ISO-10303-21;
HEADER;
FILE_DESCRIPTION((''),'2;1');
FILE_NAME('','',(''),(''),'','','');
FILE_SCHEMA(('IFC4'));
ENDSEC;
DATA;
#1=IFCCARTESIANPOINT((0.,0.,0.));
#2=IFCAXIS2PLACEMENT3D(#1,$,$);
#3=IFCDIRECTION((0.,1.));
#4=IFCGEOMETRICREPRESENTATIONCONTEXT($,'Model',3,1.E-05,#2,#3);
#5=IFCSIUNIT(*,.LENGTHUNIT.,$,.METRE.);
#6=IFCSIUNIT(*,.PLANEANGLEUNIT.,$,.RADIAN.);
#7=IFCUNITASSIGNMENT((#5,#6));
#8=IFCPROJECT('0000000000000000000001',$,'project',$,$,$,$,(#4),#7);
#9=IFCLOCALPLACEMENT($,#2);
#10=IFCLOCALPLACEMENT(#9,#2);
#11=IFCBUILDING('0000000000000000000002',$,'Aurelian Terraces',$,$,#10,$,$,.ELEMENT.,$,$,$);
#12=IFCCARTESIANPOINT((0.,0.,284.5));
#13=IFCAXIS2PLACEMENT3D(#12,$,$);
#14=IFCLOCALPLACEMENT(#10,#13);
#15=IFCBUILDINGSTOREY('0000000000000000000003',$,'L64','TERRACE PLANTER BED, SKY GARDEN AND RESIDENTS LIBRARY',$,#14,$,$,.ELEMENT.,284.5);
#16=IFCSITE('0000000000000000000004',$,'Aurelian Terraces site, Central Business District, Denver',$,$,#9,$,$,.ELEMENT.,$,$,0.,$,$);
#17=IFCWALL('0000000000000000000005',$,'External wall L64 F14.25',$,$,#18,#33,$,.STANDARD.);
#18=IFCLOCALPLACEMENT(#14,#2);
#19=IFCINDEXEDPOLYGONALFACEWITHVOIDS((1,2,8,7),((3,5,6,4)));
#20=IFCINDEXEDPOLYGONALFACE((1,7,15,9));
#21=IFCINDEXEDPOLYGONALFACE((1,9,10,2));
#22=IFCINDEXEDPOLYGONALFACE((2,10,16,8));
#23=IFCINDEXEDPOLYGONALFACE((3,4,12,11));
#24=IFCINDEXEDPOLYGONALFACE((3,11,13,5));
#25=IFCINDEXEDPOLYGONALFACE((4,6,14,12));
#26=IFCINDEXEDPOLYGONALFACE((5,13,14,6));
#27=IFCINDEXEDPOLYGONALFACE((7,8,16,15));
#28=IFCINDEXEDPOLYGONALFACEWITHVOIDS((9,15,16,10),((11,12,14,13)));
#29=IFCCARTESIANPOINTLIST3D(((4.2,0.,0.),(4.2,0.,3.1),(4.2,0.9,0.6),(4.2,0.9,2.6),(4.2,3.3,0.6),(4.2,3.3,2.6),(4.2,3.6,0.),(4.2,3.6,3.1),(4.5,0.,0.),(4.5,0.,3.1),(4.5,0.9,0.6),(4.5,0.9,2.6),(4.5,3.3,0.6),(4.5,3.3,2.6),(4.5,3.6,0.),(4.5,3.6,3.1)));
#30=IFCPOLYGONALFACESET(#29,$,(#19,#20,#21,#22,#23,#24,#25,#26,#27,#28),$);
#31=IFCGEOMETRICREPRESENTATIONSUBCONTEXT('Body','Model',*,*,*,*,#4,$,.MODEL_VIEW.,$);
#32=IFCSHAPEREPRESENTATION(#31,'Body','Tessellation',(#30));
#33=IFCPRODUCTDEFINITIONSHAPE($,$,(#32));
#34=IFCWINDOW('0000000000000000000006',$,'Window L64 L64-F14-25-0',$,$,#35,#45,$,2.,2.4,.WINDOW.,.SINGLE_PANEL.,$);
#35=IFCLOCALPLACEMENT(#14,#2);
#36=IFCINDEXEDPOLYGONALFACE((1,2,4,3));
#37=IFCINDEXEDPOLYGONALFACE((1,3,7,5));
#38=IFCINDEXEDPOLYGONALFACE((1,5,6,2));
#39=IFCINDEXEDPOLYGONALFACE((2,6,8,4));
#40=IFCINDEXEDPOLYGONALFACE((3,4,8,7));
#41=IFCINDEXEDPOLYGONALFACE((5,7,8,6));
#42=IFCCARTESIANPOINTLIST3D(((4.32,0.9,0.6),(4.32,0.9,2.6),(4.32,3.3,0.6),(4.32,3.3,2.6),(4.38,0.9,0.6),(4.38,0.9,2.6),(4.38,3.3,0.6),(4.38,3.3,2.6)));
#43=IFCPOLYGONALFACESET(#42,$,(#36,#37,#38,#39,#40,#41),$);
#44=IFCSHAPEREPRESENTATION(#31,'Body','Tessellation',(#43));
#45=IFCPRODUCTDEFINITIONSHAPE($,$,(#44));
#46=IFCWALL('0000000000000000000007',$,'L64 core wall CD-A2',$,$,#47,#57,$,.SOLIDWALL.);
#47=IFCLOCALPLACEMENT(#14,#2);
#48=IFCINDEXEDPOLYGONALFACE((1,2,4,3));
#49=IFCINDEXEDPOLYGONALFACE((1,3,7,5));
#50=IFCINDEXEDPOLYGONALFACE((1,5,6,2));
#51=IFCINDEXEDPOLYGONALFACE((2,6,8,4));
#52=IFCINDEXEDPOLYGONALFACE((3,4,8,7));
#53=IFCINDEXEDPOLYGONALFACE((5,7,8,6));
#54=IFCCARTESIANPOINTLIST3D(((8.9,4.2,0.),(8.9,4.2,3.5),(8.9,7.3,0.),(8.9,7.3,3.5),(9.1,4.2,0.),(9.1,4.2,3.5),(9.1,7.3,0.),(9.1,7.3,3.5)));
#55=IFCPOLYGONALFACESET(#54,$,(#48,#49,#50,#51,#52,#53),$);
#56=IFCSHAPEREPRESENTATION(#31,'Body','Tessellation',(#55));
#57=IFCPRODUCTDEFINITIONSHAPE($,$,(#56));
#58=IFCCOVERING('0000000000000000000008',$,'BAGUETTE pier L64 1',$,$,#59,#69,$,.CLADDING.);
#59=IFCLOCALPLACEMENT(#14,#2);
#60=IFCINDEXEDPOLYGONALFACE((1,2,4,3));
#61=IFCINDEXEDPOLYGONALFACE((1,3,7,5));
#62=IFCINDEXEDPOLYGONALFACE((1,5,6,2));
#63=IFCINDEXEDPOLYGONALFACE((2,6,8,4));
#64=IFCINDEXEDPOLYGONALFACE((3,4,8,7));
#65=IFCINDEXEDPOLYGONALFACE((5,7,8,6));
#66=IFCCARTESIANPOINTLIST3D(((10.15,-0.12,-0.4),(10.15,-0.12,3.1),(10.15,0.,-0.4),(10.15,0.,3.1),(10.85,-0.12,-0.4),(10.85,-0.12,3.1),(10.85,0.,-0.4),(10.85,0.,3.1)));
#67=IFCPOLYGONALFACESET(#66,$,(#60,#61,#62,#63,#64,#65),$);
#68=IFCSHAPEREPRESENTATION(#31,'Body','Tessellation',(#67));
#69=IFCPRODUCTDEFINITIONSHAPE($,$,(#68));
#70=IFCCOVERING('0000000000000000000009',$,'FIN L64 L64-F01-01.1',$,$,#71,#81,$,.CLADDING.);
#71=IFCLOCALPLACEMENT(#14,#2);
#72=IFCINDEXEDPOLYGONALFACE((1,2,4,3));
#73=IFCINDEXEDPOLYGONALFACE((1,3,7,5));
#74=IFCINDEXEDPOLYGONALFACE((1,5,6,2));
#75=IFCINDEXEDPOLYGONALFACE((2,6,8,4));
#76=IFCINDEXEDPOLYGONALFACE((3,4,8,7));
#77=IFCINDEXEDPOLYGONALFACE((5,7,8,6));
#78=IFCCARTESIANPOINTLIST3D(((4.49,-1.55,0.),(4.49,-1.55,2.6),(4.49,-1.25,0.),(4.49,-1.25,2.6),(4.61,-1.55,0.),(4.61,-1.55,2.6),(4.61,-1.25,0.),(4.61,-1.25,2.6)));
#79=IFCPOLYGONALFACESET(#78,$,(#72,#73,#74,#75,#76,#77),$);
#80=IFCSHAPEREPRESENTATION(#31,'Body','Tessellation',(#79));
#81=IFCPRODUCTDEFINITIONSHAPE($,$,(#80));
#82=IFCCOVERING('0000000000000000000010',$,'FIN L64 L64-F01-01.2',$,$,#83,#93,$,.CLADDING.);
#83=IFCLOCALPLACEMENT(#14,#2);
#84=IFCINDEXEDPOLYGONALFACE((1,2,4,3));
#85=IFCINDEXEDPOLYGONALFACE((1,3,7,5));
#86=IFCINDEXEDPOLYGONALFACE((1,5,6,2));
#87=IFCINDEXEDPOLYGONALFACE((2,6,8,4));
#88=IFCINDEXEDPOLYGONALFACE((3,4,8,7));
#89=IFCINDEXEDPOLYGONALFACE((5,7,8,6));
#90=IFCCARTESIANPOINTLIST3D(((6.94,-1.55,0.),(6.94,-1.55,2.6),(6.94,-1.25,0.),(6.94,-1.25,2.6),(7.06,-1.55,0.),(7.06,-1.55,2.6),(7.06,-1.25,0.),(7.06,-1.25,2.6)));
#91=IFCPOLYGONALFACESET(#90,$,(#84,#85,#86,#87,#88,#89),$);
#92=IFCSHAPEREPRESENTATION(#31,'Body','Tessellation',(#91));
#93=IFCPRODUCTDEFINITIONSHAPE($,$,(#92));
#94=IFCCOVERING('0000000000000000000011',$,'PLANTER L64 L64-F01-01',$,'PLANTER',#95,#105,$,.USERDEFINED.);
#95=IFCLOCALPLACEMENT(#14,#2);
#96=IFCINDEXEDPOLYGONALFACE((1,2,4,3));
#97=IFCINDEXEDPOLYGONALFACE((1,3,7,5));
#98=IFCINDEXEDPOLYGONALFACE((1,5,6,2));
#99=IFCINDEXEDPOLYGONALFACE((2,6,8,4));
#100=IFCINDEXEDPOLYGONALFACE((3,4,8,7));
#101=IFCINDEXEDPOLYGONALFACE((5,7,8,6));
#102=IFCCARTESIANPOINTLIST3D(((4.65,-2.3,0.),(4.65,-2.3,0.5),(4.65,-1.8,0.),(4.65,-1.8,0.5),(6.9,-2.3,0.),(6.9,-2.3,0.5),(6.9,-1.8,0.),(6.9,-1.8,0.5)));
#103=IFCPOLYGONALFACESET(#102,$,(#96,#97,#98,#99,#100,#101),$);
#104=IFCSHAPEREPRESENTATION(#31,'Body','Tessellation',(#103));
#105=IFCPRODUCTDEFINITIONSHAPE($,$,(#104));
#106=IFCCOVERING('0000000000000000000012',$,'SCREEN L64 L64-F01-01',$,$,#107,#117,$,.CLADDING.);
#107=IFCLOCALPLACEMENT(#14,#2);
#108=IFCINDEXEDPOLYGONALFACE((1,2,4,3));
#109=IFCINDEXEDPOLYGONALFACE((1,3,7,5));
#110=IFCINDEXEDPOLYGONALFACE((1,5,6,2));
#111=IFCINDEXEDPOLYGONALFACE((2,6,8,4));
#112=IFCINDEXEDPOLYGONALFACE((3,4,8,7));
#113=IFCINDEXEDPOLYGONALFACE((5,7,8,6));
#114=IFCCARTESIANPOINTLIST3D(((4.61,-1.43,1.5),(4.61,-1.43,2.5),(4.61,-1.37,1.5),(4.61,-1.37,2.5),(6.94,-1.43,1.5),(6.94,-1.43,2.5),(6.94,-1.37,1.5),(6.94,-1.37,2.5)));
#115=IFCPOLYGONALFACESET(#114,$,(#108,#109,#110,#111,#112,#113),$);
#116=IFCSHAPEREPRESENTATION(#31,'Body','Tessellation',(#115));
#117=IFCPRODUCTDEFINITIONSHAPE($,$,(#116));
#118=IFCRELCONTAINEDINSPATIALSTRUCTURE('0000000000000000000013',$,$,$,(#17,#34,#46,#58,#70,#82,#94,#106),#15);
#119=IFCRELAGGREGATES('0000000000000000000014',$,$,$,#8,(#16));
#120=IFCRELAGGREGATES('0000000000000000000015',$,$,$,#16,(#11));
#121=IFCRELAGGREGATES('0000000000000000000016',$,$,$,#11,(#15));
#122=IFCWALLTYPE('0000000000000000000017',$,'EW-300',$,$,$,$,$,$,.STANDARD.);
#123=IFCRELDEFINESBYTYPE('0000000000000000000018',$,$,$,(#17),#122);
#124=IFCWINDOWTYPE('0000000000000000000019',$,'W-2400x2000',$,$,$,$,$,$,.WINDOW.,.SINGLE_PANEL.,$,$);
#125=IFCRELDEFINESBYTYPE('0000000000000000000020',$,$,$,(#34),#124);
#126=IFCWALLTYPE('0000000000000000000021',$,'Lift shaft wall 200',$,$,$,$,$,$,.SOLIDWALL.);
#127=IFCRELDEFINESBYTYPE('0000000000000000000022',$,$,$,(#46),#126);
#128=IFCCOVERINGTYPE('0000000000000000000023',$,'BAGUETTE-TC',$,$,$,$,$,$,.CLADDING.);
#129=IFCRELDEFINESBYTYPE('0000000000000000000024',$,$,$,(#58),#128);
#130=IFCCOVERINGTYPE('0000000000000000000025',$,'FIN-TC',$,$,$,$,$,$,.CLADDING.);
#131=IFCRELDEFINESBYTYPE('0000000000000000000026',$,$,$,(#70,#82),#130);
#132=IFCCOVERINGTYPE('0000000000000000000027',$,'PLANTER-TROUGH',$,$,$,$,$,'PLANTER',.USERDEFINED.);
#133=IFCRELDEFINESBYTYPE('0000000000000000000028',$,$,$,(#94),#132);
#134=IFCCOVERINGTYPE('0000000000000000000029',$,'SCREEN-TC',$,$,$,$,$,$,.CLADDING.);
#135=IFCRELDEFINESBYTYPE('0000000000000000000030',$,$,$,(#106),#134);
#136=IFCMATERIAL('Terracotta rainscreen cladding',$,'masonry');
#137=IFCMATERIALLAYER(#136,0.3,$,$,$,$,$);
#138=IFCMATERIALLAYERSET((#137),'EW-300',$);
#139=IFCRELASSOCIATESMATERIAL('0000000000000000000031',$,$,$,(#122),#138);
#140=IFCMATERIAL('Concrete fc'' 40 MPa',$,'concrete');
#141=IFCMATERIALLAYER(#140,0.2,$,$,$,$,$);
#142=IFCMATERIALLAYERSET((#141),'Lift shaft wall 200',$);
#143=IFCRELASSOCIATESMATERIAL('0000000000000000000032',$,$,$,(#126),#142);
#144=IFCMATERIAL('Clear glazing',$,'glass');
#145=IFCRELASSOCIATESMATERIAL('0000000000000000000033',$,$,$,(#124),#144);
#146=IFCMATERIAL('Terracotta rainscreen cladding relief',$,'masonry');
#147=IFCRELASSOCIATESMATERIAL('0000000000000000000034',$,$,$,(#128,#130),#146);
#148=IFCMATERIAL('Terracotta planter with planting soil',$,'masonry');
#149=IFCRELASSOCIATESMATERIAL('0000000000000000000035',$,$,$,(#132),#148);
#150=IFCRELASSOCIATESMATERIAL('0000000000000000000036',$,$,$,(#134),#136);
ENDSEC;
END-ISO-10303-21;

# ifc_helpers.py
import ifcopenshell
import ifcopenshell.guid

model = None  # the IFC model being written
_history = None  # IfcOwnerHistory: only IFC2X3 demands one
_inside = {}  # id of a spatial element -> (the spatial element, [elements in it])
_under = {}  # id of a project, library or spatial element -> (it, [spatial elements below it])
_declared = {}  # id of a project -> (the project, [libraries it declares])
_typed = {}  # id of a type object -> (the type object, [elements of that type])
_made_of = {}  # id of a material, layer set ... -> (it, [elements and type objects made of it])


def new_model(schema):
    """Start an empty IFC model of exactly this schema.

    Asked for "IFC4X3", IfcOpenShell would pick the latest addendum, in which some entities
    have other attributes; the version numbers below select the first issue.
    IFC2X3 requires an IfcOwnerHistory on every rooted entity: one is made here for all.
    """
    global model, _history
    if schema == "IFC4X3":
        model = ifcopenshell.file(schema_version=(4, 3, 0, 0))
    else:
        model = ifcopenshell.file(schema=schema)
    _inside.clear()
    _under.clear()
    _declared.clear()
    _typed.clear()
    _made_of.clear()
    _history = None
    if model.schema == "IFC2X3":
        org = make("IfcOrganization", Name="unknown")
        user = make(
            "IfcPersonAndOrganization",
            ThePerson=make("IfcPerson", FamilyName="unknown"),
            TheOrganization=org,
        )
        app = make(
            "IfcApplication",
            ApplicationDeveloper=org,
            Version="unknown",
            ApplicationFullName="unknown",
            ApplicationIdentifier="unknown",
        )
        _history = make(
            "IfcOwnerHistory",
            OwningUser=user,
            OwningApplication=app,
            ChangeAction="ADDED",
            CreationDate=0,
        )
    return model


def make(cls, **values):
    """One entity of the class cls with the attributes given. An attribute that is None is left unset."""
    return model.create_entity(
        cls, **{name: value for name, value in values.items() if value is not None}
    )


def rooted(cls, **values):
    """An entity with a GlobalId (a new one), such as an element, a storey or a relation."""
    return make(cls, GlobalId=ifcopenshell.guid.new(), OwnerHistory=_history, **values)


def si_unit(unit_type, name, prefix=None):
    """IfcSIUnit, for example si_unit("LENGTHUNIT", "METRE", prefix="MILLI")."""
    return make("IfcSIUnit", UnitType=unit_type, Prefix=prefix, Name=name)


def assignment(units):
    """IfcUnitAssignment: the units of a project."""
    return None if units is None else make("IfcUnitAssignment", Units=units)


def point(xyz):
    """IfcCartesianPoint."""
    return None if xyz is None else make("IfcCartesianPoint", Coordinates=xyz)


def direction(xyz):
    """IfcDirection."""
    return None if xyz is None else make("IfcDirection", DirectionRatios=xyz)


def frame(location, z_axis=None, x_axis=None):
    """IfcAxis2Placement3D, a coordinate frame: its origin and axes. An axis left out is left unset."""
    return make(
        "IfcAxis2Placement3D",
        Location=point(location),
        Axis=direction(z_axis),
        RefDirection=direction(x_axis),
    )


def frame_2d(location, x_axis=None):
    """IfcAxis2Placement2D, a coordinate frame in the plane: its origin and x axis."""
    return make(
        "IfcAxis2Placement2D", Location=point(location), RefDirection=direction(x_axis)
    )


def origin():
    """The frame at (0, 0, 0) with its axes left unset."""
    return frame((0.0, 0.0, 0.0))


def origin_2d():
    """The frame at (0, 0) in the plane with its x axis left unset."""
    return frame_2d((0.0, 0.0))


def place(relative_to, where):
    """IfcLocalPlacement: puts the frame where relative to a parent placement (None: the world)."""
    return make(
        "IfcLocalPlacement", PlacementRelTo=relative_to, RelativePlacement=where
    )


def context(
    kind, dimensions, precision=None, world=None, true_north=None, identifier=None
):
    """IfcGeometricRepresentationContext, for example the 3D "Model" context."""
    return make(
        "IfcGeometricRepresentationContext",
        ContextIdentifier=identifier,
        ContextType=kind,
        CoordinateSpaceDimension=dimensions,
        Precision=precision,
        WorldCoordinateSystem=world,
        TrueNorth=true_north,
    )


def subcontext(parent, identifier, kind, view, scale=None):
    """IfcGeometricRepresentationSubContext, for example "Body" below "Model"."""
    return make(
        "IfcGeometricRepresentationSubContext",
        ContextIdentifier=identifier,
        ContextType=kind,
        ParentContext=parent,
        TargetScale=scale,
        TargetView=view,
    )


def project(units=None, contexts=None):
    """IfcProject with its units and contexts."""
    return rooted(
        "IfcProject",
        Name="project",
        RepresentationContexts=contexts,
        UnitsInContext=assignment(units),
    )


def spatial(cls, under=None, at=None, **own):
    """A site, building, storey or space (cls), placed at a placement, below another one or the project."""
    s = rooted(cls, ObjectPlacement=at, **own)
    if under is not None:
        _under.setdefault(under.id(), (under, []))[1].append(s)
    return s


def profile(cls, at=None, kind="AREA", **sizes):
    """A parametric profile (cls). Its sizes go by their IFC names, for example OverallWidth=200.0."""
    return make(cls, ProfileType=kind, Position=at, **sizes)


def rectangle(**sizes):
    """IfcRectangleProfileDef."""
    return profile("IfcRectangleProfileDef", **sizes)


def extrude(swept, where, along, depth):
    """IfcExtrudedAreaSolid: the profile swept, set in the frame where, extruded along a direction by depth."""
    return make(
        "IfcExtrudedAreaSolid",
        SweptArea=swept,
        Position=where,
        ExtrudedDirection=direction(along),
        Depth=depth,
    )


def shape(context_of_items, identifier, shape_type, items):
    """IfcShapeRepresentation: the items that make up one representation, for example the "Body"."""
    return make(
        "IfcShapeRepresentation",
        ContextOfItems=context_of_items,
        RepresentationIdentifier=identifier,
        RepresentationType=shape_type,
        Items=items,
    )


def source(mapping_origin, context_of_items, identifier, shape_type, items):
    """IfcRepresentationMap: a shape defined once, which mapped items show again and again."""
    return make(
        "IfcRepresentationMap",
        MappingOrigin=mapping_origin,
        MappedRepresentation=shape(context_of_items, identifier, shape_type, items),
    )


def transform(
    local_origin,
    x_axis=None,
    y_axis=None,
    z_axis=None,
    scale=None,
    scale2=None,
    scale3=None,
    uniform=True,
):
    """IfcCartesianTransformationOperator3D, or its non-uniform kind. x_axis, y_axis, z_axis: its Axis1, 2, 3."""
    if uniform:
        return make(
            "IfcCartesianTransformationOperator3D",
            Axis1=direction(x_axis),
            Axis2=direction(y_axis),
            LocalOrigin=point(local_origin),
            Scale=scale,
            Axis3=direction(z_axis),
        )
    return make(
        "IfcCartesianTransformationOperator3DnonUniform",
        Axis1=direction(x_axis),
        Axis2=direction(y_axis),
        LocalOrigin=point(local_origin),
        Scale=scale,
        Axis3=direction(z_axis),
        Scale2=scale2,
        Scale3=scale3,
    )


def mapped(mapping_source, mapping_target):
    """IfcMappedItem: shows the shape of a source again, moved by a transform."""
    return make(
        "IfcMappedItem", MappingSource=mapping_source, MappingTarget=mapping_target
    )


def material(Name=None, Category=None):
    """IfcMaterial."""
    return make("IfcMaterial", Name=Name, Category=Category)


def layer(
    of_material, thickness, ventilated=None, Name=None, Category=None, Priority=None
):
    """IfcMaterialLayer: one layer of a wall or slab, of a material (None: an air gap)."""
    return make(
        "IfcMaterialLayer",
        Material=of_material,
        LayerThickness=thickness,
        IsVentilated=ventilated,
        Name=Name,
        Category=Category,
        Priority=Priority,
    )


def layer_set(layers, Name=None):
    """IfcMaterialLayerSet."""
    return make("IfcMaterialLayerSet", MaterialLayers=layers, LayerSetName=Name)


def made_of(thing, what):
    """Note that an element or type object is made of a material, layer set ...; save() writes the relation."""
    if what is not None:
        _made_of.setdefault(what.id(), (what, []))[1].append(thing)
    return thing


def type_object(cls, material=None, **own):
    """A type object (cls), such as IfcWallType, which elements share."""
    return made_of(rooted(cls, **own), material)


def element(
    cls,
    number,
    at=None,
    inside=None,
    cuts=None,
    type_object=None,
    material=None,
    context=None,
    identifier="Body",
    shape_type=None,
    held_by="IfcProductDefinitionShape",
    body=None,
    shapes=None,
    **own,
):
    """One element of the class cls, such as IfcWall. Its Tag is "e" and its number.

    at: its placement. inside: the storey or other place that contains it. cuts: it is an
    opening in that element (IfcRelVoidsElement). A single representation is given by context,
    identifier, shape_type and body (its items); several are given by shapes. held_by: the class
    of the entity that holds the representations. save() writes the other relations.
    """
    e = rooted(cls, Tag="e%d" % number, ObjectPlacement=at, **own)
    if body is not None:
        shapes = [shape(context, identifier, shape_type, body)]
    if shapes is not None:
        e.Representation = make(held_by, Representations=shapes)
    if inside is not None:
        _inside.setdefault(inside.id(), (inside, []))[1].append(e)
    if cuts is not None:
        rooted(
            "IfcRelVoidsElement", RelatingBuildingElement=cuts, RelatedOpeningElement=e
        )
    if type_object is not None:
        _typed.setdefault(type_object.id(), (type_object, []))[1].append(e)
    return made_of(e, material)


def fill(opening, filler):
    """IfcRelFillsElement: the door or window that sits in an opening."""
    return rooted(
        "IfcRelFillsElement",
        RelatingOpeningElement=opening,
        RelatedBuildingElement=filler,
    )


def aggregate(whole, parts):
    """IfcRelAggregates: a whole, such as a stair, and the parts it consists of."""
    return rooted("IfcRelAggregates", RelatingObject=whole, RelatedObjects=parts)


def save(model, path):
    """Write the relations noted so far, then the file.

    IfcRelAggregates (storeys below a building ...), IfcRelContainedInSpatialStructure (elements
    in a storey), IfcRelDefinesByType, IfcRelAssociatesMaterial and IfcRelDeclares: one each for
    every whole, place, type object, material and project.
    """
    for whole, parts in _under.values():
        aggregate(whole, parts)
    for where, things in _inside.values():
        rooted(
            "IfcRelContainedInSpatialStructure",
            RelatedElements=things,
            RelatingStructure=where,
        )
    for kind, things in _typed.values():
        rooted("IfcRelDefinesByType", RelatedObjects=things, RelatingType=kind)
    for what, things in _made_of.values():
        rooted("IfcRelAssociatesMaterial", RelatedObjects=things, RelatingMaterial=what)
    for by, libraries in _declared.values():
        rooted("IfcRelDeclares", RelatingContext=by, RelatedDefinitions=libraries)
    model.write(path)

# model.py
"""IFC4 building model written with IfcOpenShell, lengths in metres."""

from ifc_helpers import new_model, si_unit, direction, frame, frame_2d, origin, origin_2d, place, context, subcontext, project, spatial, rectangle, extrude, source, transform, mapped, material, layer, layer_set, type_object, element, fill, save


model = new_model("IFC4")

# Units and contexts
model_context = context("Model", 3, precision=1e-05, world=origin(), true_north=direction((0.0, 1.0)))
body_context = subcontext(model_context, "Body", "Model", "MODEL_VIEW")
ifc_project = project(units=[si_unit("LENGTHUNIT", "METRE"), si_unit("PLANEANGLEUNIT", "RADIAN")], contexts=[model_context])

# Site, building, storey
site_placement = place(None, origin())
site = spatial("IfcSite", under=ifc_project, at=site_placement, Name="Aurelian Terraces site, Central Business District, Denver", CompositionType="ELEMENT", RefElevation=0.0)
building_placement = place(site_placement, origin())
building = spatial("IfcBuilding", under=site, at=building_placement, Name="Aurelian Terraces", CompositionType="ELEMENT")
storey_placement = place(building_placement, frame((0.0, 0.0, 284.5)))
storey = spatial("IfcBuildingStorey", under=building, at=storey_placement, Name="L64", Description="TERRACE PLANTER BED, SKY GARDEN AND RESIDENTS LIBRARY", CompositionType="ELEMENT", Elevation=284.5)

# Shared definitions
ifc_material_1 = material(Name="Concrete fc' 40 MPa", Category="concrete")
ifc_material_2 = material(Name="Clear glazing", Category="glass")
ifc_material_3 = material(Name="Terracotta rainscreen cladding", Category="masonry")
ifc_layer_1 = layer(ifc_material_3, 0.3)
ifc_layer_set_1 = layer_set([ifc_layer_1], Name="EW-300")
wall_type_1 = type_object("IfcWallType", Name="EW-300", PredefinedType="STANDARD", material=ifc_layer_set_1)

# Shared definitions
ifc_layer_2 = layer(ifc_material_1, 0.2)
ifc_layer_set_2 = layer_set([ifc_layer_2], Name="Lift shaft wall 200")
wall_type_2 = type_object("IfcWallType", Name="Lift shaft wall 200", PredefinedType="SOLIDWALL", material=ifc_layer_set_2)

# Wall, opening, window
shared_shape_1 = source(origin(), body_context, "Body", "SweptSolid", [
    extrude(rectangle(XDim=3.6, YDim=0.3, at=frame_2d((1.8, 0.0))), origin(), (0.0, 0.0, 1.0), 3.1),
])
wall_1_placement = place(storey_placement, frame((4.35, 3.6, 0.0), z_axis=(0.0, 0.0, 1.0), x_axis=(0.0, -1.0, 0.0)))
wall_1 = element("IfcWall", 1, at=wall_1_placement, inside=storey, type_object=wall_type_1, Name="External wall L64 F14.25", PredefinedType="STANDARD", context=body_context, shape_type="MappedRepresentation", body=[
    mapped(shared_shape_1, transform((0.0, 0.0, 0.0), scale=1.0)),
])
shared_shape_2 = source(origin(), body_context, "Body", "SweptSolid", [
    extrude(rectangle(XDim=2.4, YDim=2.0, at=frame_2d((1.2, 1.0))), frame((0.0, 0.16, 0.0), z_axis=(0.0, -1.0, 0.0), x_axis=(1.0, 0.0, 0.0)), (0.0, 0.0, 1.0), 0.32),
])
opening_1_placement = place(wall_1_placement, frame((0.3, 0.0, 0.6)))
opening_1 = element("IfcOpeningElement", 2, at=opening_1_placement, cuts=wall_1, PredefinedType="OPENING", context=body_context, shape_type="MappedRepresentation", body=[
    mapped(shared_shape_2, transform((0.0, 0.0, 0.0), scale=1.0)),
])
window_type_1 = type_object("IfcWindowType", Name="W-2400x2000", PartitioningType="SINGLE_PANEL", PredefinedType="WINDOW", material=ifc_material_2)
shared_shape_3 = source(origin(), body_context, "Body", "SweptSolid", [
    extrude(rectangle(XDim=2.4, YDim=2.0, at=frame_2d((1.2, 1.0))), frame((0.0, 0.03, 0.0), z_axis=(0.0, -1.0, 0.0), x_axis=(1.0, 0.0, 0.0)), (0.0, 0.0, 1.0), 0.06),
])
window_1_placement = place(opening_1_placement, origin())
window_1 = element("IfcWindow", 3, at=window_1_placement, inside=storey, type_object=window_type_1, Name="Window L64 L64-F14-25-0", OverallHeight=2.0, OverallWidth=2.4, PartitioningType="SINGLE_PANEL", PredefinedType="WINDOW", context=body_context, shape_type="MappedRepresentation", body=[
    mapped(shared_shape_3, transform((0.0, 0.0, 0.0), scale=1.0)),
])
fill(opening_1, window_1)

# Wall
shared_shape_4 = source(origin(), body_context, "Body", "SweptSolid", [
    extrude(rectangle(XDim=3.1, YDim=0.2, at=frame_2d((1.55, 0.0))), origin(), (0.0, 0.0, 1.0), 3.5),
])
wall_2_placement = place(storey_placement, frame((9.0, 4.2, 0.0), z_axis=(0.0, 0.0, 1.0), x_axis=(0.0, 1.0, 0.0)))
element("IfcWall", 4, at=wall_2_placement, inside=storey, type_object=wall_type_2, Name="L64 core wall CD-A2", PredefinedType="SOLIDWALL", context=body_context, shape_type="MappedRepresentation", body=[
    mapped(shared_shape_4, transform((0.0, 0.0, 0.0), scale=1.0)),
])

# Coverings
ifc_material_4 = material(Name="Terracotta rainscreen cladding relief", Category="masonry")
covering_type_1 = type_object("IfcCoveringType", Name="BAGUETTE-TC", PredefinedType="CLADDING", material=ifc_material_4)
covering_1_placement = place(storey_placement, frame((10.5, -0.06, -0.4), z_axis=(0.0, 0.0, 1.0), x_axis=(1.0, 0.0, 0.0)))
element("IfcCovering", 5, at=covering_1_placement, inside=storey, type_object=covering_type_1, Name="BAGUETTE pier L64 1", PredefinedType="CLADDING", context=body_context, shape_type="SweptSolid", body=[
    extrude(rectangle(XDim=0.7, YDim=0.12, at=origin_2d()), origin(), (0.0, 0.0, 1.0), 3.5),
])
covering_type_2 = type_object("IfcCoveringType", Name="FIN-TC", PredefinedType="CLADDING", material=ifc_material_4)
shared_shape_5 = source(origin(), body_context, "Body", "SweptSolid", [
    extrude(rectangle(XDim=0.12, YDim=0.3, at=origin_2d()), origin(), (0.0, 0.0, 1.0), 2.6),
])
for number, where, z_axis, x_axis, name in (
    (6, (4.55, -1.4, 0.0), (0.0, 0.0, 1.0), (1.0, 0.0, 0.0), "FIN L64 L64-F01-01.1"),
    (7, (7.0, -1.4, 0.0), (0.0, 0.0, 1.0), (1.0, 0.0, 0.0), "FIN L64 L64-F01-01.2"),
):
    element("IfcCovering", number, at=place(storey_placement, frame(where, z_axis=z_axis, x_axis=x_axis)), inside=storey, type_object=covering_type_2, Name=name, PredefinedType="CLADDING", context=body_context, shape_type="MappedRepresentation", body=[
        mapped(shared_shape_5, transform((0.0, 0.0, 0.0), scale=1.0)),
    ])

# Coverings
ifc_material_5 = material(Name="Terracotta planter with planting soil", Category="masonry")
covering_type_3 = type_object("IfcCoveringType", Name="PLANTER-TROUGH", ElementType="PLANTER", PredefinedType="USERDEFINED", material=ifc_material_5)
shared_shape_6 = source(origin(), body_context, "Body", "SweptSolid", [
    extrude(rectangle(XDim=2.25, YDim=0.5, at=origin_2d()), origin(), (0.0, 0.0, 1.0), 0.5),
])
covering_2_placement = place(storey_placement, frame((5.775, -2.05, 0.0), z_axis=(0.0, 0.0, 1.0), x_axis=(1.0, 0.0, 0.0)))
element("IfcCovering", 8, at=covering_2_placement, inside=storey, type_object=covering_type_3, Name="PLANTER L64 L64-F01-01", ObjectType="PLANTER", PredefinedType="USERDEFINED", context=body_context, shape_type="MappedRepresentation", body=[
    mapped(shared_shape_6, transform((0.0, 0.0, 0.0), scale=1.0)),
])
covering_type_4 = type_object("IfcCoveringType", Name="SCREEN-TC", PredefinedType="CLADDING", material=ifc_material_3)
shared_shape_7 = source(origin(), body_context, "Body", "SweptSolid", [
    extrude(rectangle(XDim=2.33, YDim=0.06, at=origin_2d()), origin(), (0.0, 0.0, 1.0), 1.0),
])
covering_3_placement = place(storey_placement, frame((5.775, -1.4, 1.5), z_axis=(0.0, 0.0, 1.0), x_axis=(1.0, 0.0, 0.0)))
element("IfcCovering", 9, at=covering_3_placement, inside=storey, type_object=covering_type_4, Name="SCREEN L64 L64-F01-01", PredefinedType="CLADDING", context=body_context, shape_type="MappedRepresentation", body=[
    mapped(shared_shape_7, transform((0.0, 0.0, 0.0), scale=1.0)),
])

save(model, "model.ifc")
